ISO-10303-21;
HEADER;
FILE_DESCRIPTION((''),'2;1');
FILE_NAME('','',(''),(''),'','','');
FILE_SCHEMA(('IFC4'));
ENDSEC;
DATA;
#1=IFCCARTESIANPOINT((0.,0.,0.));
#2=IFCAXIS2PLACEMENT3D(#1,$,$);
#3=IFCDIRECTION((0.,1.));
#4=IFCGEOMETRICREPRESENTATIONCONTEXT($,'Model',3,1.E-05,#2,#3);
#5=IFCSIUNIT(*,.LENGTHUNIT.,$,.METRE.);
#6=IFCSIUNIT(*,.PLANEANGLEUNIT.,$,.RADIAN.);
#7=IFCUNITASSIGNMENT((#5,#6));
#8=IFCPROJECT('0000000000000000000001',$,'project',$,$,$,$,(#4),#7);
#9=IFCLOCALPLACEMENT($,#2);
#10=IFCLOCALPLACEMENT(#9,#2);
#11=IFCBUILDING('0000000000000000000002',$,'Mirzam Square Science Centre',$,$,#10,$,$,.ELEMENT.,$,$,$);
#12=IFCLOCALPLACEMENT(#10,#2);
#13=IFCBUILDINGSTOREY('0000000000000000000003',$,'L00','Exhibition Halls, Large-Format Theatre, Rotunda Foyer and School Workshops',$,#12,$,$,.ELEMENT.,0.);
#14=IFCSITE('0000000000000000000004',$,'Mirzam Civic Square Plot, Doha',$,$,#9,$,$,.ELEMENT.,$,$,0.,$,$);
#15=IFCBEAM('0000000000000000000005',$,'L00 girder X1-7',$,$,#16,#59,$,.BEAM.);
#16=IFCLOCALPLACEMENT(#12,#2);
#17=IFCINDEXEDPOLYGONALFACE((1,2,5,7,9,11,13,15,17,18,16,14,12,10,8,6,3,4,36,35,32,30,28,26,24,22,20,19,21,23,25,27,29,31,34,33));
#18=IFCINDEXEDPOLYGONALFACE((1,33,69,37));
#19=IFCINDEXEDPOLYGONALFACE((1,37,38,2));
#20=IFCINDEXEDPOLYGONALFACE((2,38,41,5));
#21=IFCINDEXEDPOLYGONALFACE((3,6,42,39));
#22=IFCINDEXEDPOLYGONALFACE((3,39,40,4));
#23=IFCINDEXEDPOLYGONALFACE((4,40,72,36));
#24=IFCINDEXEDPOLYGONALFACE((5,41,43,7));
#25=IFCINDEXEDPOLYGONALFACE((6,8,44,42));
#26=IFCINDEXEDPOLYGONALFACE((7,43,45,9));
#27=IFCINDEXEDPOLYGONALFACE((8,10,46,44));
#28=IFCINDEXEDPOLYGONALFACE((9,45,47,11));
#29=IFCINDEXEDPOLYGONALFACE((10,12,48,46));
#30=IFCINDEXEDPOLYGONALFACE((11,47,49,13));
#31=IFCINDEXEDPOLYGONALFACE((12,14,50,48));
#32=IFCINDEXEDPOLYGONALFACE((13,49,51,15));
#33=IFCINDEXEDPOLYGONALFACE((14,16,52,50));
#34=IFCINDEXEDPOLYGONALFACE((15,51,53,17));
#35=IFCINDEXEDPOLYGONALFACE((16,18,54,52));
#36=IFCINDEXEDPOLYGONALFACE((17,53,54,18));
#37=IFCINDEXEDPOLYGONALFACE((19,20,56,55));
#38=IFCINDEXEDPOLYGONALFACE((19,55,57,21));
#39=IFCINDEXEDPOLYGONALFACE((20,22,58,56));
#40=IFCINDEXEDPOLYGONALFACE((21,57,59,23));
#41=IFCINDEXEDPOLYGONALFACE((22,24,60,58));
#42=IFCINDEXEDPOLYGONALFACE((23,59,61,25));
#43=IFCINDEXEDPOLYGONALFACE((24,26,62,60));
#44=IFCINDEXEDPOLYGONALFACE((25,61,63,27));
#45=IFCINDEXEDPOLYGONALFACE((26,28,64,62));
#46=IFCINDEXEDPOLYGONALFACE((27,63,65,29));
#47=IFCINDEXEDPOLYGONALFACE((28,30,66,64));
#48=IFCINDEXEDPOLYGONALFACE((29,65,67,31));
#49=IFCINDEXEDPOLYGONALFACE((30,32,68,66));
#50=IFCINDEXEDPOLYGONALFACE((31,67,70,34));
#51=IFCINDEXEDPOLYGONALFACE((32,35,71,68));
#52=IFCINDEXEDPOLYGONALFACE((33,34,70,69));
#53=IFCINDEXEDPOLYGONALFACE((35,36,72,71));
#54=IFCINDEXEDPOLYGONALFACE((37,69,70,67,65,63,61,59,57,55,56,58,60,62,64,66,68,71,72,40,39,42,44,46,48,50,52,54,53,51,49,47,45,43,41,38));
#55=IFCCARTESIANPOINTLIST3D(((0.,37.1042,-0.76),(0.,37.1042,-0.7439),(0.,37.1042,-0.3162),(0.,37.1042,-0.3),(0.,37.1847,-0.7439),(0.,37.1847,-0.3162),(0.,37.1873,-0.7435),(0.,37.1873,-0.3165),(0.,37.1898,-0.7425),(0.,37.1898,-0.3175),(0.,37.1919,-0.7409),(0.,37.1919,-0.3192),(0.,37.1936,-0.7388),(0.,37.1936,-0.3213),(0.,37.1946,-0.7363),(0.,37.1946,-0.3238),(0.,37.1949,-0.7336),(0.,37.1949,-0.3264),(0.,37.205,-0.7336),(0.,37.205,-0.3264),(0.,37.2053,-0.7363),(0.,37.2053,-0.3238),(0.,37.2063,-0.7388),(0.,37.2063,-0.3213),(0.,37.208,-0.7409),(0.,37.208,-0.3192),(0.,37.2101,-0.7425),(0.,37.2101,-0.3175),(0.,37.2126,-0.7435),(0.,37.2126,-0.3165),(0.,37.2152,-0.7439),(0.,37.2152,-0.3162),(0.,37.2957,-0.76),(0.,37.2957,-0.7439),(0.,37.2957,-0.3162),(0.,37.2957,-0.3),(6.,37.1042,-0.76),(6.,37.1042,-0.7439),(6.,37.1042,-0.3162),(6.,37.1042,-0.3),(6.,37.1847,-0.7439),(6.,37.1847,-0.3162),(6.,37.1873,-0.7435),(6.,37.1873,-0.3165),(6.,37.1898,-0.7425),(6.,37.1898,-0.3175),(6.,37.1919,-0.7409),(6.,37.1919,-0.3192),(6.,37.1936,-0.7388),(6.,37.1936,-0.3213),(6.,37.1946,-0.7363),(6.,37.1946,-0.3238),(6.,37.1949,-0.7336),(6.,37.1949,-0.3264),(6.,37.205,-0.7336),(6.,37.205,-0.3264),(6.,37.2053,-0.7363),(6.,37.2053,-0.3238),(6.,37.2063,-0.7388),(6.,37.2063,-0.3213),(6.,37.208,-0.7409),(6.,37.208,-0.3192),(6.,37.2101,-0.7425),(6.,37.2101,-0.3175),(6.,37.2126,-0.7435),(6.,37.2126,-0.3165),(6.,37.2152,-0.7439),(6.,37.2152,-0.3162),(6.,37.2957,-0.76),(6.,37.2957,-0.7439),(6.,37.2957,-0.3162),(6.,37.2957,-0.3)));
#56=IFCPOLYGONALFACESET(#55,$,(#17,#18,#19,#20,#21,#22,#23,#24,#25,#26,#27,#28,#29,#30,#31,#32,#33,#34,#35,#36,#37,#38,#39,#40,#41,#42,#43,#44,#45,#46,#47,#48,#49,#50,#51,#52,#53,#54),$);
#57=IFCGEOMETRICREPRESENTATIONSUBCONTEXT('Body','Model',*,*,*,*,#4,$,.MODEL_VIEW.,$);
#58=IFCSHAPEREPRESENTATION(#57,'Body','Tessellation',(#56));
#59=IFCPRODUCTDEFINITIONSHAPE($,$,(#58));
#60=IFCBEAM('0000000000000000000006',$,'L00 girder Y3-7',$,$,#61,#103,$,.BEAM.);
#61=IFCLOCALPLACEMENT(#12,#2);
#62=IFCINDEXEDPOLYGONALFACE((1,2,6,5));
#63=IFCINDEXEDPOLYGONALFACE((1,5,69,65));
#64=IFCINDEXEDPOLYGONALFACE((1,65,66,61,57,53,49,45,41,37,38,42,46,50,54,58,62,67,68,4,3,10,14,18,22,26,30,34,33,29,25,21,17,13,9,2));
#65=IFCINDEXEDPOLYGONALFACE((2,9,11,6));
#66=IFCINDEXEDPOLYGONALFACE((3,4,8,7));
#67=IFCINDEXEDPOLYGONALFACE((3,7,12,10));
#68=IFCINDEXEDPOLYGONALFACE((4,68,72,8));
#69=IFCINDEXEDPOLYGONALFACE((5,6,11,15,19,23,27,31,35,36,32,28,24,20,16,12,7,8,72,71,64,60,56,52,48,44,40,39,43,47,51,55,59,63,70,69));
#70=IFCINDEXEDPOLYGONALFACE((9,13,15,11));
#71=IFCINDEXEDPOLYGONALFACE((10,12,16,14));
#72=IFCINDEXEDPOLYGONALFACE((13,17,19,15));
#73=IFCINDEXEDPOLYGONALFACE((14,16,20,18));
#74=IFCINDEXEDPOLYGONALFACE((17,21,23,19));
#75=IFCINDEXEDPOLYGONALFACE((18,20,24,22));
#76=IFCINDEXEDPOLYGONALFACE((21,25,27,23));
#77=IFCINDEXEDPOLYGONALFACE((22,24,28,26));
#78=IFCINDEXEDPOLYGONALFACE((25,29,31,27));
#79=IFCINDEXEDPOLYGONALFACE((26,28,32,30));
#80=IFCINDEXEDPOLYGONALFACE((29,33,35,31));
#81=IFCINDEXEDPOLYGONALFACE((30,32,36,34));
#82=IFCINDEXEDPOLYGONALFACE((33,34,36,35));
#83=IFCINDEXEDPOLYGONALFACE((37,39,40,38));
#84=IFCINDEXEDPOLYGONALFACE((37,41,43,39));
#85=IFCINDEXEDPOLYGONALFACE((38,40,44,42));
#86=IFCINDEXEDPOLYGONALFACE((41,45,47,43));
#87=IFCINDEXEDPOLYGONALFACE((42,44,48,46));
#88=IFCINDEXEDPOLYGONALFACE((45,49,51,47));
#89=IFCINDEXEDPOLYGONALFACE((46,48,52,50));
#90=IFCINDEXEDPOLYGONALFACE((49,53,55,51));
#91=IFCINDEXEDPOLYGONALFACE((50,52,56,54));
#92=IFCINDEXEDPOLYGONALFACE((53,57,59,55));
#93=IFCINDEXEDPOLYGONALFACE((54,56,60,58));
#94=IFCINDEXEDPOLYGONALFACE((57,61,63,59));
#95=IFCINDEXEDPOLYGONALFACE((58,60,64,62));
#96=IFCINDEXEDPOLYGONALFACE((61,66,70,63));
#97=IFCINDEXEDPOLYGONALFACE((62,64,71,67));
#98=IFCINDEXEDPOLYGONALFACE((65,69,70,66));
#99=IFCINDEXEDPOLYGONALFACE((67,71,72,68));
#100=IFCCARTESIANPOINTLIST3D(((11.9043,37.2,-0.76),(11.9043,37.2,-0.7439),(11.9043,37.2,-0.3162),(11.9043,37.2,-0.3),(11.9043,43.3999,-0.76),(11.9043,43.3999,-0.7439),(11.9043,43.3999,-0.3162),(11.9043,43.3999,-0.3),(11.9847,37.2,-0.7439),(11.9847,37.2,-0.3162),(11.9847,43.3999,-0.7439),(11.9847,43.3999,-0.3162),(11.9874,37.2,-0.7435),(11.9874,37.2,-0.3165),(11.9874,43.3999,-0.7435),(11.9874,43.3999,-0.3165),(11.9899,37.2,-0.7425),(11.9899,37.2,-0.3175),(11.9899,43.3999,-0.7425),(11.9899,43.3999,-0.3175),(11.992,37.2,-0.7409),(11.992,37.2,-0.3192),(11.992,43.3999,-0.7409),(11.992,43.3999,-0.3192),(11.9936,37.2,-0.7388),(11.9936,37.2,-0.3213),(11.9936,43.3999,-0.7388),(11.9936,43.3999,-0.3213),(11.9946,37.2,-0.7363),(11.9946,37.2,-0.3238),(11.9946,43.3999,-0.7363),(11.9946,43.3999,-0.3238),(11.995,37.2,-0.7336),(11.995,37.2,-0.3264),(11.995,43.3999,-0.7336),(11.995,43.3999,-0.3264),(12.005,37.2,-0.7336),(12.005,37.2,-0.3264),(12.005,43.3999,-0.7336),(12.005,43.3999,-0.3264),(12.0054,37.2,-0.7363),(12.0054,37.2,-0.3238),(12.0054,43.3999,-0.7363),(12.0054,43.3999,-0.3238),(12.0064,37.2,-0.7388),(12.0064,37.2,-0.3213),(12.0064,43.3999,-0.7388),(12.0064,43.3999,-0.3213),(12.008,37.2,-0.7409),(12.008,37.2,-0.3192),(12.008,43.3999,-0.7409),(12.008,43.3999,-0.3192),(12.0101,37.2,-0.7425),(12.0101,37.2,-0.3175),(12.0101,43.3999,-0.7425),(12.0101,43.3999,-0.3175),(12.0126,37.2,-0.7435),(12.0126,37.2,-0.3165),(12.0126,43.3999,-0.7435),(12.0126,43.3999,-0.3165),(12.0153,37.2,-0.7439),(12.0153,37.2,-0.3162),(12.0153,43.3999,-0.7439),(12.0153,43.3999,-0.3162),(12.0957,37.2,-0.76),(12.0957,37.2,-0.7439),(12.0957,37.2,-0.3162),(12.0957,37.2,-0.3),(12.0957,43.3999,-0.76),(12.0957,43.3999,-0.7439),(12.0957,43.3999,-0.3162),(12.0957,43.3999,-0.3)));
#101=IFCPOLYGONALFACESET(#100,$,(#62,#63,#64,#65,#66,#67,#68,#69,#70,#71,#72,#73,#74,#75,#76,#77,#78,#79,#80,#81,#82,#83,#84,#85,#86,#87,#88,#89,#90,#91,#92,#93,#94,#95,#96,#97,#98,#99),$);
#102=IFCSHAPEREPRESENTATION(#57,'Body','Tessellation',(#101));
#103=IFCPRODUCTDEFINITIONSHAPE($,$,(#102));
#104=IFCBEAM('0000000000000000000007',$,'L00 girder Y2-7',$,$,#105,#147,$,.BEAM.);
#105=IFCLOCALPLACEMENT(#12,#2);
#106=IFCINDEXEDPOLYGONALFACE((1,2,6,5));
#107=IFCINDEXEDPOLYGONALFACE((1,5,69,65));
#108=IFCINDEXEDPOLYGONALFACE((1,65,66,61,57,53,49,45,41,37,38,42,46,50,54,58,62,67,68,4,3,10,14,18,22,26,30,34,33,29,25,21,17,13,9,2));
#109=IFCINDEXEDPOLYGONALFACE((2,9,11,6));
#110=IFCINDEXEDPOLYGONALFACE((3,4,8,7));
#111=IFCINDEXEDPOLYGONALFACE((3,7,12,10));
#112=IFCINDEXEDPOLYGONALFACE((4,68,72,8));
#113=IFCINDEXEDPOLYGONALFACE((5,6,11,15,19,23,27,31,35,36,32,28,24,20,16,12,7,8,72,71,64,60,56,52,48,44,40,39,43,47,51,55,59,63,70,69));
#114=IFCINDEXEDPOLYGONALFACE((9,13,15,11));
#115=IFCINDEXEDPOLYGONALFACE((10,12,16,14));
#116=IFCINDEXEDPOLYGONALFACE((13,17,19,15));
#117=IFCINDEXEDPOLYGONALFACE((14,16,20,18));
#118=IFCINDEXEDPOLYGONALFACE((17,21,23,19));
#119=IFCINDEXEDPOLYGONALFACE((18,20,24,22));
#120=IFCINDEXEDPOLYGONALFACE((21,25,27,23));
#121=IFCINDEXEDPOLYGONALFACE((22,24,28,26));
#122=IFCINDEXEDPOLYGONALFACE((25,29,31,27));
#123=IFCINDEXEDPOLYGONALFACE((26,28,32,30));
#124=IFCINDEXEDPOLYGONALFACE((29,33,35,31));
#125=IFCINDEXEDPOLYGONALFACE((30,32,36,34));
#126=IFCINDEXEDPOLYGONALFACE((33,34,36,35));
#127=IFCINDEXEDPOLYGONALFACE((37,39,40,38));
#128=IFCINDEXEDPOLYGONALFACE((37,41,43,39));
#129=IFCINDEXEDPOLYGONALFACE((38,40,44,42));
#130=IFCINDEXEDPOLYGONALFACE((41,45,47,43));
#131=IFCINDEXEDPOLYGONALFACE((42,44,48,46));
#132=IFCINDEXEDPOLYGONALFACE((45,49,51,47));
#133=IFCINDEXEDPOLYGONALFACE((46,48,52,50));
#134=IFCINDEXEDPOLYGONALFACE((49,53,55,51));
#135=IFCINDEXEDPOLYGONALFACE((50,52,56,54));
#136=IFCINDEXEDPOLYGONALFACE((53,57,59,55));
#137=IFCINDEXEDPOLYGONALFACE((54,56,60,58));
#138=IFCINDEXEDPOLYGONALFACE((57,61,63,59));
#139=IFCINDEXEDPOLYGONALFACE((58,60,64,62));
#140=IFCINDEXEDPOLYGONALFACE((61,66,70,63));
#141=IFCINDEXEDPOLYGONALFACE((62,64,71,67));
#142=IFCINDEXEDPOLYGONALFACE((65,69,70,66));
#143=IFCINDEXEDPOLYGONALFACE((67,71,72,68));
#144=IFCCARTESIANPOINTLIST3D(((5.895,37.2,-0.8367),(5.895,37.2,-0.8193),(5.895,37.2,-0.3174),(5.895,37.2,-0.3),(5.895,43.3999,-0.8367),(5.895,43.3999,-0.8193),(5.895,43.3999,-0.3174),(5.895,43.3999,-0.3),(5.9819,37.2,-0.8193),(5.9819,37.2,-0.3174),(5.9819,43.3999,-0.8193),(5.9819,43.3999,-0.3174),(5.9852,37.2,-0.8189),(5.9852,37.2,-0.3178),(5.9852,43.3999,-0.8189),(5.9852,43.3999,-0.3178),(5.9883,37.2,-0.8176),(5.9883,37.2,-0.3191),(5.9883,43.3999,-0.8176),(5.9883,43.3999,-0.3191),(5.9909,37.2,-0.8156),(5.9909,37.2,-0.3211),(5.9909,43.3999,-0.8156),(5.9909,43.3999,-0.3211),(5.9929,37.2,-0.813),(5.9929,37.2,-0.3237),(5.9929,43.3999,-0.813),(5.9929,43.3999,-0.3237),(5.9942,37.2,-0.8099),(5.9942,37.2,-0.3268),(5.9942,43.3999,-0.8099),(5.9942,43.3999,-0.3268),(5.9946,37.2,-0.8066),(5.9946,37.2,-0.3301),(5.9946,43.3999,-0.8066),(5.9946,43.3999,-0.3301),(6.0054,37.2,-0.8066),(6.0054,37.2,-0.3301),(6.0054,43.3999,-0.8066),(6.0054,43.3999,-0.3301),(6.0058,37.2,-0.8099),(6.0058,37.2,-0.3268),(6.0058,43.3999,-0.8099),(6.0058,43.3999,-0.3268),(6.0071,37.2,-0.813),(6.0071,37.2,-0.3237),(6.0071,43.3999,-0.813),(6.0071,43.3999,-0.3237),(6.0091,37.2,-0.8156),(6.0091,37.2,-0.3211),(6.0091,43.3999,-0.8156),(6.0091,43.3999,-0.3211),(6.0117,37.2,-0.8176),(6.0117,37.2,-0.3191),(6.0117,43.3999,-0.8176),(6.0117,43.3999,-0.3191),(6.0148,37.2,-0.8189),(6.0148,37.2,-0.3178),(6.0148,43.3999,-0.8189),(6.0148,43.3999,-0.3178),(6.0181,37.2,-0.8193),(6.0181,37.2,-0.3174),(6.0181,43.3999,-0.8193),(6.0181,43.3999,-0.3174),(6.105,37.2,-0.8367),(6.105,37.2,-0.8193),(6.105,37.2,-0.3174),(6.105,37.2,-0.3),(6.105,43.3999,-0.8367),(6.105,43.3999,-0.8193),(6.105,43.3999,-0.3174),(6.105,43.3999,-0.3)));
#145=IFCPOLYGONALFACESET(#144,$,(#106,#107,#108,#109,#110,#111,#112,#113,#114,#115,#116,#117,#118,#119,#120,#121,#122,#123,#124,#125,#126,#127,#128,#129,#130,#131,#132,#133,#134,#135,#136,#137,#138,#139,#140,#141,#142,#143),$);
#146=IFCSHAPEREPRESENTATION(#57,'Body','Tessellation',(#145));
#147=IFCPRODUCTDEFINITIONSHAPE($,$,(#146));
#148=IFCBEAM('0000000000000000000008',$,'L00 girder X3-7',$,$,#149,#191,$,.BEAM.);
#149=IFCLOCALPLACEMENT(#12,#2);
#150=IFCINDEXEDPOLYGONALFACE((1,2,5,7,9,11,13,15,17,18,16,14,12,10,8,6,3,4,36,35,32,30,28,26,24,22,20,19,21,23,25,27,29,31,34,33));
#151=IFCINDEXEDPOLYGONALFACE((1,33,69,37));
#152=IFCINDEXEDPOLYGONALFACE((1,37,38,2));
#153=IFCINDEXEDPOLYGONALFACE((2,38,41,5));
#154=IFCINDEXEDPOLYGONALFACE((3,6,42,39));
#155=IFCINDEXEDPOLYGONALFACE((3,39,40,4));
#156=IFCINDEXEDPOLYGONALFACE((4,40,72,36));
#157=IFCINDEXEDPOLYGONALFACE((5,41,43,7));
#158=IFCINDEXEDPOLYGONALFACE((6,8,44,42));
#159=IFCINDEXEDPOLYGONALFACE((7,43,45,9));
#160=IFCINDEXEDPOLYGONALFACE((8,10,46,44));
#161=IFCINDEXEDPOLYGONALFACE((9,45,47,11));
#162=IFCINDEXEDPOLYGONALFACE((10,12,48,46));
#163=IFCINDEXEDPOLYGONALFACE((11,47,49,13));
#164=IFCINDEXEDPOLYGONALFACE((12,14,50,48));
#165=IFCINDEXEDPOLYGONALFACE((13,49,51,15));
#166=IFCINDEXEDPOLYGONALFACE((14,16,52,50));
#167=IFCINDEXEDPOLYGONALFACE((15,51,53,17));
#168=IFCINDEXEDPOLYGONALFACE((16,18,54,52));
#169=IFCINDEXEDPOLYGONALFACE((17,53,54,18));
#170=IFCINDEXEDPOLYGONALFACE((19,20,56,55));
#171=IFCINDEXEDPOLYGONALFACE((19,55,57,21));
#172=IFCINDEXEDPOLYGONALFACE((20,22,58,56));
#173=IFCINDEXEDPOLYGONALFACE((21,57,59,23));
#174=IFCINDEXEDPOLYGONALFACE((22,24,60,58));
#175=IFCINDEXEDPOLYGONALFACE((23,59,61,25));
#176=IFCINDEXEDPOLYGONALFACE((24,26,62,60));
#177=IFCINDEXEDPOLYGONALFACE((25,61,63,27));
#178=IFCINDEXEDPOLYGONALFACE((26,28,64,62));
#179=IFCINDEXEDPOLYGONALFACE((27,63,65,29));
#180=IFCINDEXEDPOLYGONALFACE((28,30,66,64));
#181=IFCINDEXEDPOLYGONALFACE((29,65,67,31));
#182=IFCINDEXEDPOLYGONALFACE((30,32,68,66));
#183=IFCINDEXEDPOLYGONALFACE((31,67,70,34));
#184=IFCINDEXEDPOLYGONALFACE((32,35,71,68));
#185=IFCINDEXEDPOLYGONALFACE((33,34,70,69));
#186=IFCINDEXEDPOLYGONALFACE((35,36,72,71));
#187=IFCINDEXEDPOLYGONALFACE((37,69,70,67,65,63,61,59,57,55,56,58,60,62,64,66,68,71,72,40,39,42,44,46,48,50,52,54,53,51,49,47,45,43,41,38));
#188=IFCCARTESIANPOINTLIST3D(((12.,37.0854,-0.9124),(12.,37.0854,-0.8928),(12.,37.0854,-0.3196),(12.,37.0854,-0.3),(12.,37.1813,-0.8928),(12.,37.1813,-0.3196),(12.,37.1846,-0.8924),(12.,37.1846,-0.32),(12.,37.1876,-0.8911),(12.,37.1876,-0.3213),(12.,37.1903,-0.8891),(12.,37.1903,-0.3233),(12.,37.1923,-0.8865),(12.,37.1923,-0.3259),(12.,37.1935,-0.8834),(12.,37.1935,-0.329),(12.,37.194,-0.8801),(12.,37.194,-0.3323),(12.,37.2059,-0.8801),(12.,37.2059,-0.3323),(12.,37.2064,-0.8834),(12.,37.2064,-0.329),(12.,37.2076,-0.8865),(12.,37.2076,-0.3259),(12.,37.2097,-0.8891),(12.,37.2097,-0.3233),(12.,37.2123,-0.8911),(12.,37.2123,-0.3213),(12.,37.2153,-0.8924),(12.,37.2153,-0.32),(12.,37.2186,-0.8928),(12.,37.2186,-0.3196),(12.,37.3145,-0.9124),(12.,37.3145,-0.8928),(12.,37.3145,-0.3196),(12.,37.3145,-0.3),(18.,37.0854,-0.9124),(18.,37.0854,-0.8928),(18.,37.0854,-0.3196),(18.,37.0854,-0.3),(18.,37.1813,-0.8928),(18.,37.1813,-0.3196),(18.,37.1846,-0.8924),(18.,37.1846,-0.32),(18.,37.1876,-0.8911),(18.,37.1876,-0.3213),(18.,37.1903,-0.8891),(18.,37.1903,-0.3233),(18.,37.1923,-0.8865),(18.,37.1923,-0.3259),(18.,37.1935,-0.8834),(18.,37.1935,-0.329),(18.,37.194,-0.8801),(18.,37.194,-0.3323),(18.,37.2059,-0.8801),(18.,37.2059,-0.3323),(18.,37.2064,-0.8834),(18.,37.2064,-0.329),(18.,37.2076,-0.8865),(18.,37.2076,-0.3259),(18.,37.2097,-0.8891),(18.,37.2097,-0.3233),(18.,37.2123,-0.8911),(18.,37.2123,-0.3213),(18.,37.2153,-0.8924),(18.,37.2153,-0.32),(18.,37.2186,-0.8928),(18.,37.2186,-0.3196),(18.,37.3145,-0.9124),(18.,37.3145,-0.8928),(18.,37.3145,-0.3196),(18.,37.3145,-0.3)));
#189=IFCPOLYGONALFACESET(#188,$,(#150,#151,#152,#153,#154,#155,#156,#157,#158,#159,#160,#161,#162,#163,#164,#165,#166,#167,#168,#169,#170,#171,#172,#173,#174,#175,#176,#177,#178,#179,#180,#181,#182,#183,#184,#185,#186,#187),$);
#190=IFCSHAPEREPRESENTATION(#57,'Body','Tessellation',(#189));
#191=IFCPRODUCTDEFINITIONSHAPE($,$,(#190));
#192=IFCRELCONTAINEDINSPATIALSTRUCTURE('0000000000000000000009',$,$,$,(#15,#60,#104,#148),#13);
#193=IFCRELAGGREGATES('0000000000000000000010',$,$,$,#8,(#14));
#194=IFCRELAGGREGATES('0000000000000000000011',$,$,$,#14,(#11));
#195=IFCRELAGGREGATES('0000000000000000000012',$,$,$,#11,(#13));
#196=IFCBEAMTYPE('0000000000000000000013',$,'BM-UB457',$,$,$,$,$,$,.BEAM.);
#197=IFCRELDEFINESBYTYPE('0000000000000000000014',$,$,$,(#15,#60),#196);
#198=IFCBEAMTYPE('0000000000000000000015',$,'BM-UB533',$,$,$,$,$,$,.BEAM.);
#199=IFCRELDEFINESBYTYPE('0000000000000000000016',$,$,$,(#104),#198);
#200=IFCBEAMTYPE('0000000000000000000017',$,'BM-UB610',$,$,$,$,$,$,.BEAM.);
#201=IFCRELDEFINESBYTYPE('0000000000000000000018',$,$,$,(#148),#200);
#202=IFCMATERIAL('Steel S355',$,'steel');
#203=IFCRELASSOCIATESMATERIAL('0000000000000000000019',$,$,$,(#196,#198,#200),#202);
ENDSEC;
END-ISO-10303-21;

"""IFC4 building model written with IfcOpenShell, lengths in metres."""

from ifc_helpers import new_model, si_unit, direction, frame, origin, origin_2d, place, context, subcontext, project, spatial, i_section, extrude, material, material_profile, profile_set, type_object, element, save


model = new_model("IFC4")

# Units and contexts
model_context = context("Model", 3, precision=1e-05, world=origin(), true_north=direction((0.0, 1.0)))
body_context = subcontext(model_context, "Body", "Model", "MODEL_VIEW")
ifc_project = project(units=[si_unit("LENGTHUNIT", "METRE"), si_unit("PLANEANGLEUNIT", "RADIAN")], contexts=[model_context])

# Site, building, storey
site_placement = place(None, origin())
site = spatial("IfcSite", under=ifc_project, at=site_placement, Name="Mirzam Civic Square Plot, Doha", CompositionType="ELEMENT", RefElevation=0.0)
building_placement = place(site_placement, origin())
building = spatial("IfcBuilding", under=site, at=building_placement, Name="Mirzam Square Science Centre", CompositionType="ELEMENT")
storey_placement = place(building_placement, origin())
storey = spatial("IfcBuildingStorey", under=building, at=storey_placement, Name="L00", Description="Exhibition Halls, Large-Format Theatre, Rotunda Foyer and School Workshops", CompositionType="ELEMENT", Elevation=0.0)

# Shared definitions
ifc_material_1 = material(Name="Steel S355", Category="steel")

# Beams
ifc_material_profile_1 = material_profile(ifc_material_1, i_section(OverallWidth=0.1914, OverallDepth=0.46, WebThickness=0.01, FlangeThickness=0.0161, FilletRadius=0.0103, at=origin_2d()), Name="457x191x82UB")
ifc_profile_set_1 = profile_set([ifc_material_profile_1], Name="Steel S355")
beam_type_1 = type_object("IfcBeamType", Name="BM-UB457", PredefinedType="BEAM", material=ifc_profile_set_1)
beam_1_placement = place(storey_placement, frame((0.0, 37.2, -0.53), z_axis=(1.0, 0.0, 0.0), x_axis=(0.0, 1.0, 0.0)))
element("IfcBeam", 1, at=beam_1_placement, inside=storey, type_object=beam_type_1, Name="L00 girder X1-7", PredefinedType="BEAM", context=body_context, shape_type="SweptSolid", body=[
    extrude(i_section(OverallWidth=0.1914, OverallDepth=0.46, WebThickness=0.01, FlangeThickness=0.0161, FilletRadius=0.0103, at=origin_2d()), origin(), (0.0, 0.0, 1.0), 6.0),
])
beam_2_placement = place(storey_placement, frame((12.0, 37.2, -0.53), z_axis=(0.0, 1.0, 0.0), x_axis=(-1.0, 0.0, 0.0)))
element("IfcBeam", 2, at=beam_2_placement, inside=storey, type_object=beam_type_1, Name="L00 girder Y3-7", PredefinedType="BEAM", context=body_context, shape_type="SweptSolid", body=[
    extrude(i_section(OverallWidth=0.1914, OverallDepth=0.46, WebThickness=0.01, FlangeThickness=0.0161, FilletRadius=0.0103, at=origin_2d()), origin(), (0.0, 0.0, 1.0), 6.2),
])
ifc_material_profile_2 = material_profile(ifc_material_1, i_section(OverallWidth=0.21, OverallDepth=0.5366, WebThickness=0.0107, FlangeThickness=0.0173, FilletRadius=0.0127, at=origin_2d()), Name="533x210x101UB")
ifc_profile_set_2 = profile_set([ifc_material_profile_2], Name="Steel S355")
beam_type_2 = type_object("IfcBeamType", Name="BM-UB533", PredefinedType="BEAM", material=ifc_profile_set_2)
beam_3_placement = place(storey_placement, frame((6.0, 37.2, -0.5684), z_axis=(0.0, 1.0, 0.0), x_axis=(-1.0, 0.0, 0.0)))
element("IfcBeam", 3, at=beam_3_placement, inside=storey, type_object=beam_type_2, Name="L00 girder Y2-7", PredefinedType="BEAM", context=body_context, shape_type="SweptSolid", body=[
    extrude(i_section(OverallWidth=0.21, OverallDepth=0.5366, WebThickness=0.0107, FlangeThickness=0.0173, FilletRadius=0.0127, at=origin_2d()), origin(), (0.0, 0.0, 1.0), 6.2),
])
ifc_material_profile_3 = material_profile(ifc_material_1, i_section(OverallWidth=0.229, OverallDepth=0.6123, WebThickness=0.012, FlangeThickness=0.0195, FilletRadius=0.0127, at=origin_2d()), Name="610x229x125UB")
ifc_profile_set_3 = profile_set([ifc_material_profile_3], Name="Steel S355")
beam_type_3 = type_object("IfcBeamType", Name="BM-UB610", PredefinedType="BEAM", material=ifc_profile_set_3)
beam_4_placement = place(storey_placement, frame((12.0, 37.2, -0.6062), z_axis=(1.0, 0.0, 0.0), x_axis=(0.0, 1.0, 0.0)))
element("IfcBeam", 4, at=beam_4_placement, inside=storey, type_object=beam_type_3, Name="L00 girder X3-7", PredefinedType="BEAM", context=body_context, shape_type="SweptSolid", body=[
    extrude(i_section(OverallWidth=0.229, OverallDepth=0.6123, WebThickness=0.012, FlangeThickness=0.0195, FilletRadius=0.0127, at=origin_2d()), origin(), (0.0, 0.0, 1.0), 6.0),
])

save(model, "model.ifc")
